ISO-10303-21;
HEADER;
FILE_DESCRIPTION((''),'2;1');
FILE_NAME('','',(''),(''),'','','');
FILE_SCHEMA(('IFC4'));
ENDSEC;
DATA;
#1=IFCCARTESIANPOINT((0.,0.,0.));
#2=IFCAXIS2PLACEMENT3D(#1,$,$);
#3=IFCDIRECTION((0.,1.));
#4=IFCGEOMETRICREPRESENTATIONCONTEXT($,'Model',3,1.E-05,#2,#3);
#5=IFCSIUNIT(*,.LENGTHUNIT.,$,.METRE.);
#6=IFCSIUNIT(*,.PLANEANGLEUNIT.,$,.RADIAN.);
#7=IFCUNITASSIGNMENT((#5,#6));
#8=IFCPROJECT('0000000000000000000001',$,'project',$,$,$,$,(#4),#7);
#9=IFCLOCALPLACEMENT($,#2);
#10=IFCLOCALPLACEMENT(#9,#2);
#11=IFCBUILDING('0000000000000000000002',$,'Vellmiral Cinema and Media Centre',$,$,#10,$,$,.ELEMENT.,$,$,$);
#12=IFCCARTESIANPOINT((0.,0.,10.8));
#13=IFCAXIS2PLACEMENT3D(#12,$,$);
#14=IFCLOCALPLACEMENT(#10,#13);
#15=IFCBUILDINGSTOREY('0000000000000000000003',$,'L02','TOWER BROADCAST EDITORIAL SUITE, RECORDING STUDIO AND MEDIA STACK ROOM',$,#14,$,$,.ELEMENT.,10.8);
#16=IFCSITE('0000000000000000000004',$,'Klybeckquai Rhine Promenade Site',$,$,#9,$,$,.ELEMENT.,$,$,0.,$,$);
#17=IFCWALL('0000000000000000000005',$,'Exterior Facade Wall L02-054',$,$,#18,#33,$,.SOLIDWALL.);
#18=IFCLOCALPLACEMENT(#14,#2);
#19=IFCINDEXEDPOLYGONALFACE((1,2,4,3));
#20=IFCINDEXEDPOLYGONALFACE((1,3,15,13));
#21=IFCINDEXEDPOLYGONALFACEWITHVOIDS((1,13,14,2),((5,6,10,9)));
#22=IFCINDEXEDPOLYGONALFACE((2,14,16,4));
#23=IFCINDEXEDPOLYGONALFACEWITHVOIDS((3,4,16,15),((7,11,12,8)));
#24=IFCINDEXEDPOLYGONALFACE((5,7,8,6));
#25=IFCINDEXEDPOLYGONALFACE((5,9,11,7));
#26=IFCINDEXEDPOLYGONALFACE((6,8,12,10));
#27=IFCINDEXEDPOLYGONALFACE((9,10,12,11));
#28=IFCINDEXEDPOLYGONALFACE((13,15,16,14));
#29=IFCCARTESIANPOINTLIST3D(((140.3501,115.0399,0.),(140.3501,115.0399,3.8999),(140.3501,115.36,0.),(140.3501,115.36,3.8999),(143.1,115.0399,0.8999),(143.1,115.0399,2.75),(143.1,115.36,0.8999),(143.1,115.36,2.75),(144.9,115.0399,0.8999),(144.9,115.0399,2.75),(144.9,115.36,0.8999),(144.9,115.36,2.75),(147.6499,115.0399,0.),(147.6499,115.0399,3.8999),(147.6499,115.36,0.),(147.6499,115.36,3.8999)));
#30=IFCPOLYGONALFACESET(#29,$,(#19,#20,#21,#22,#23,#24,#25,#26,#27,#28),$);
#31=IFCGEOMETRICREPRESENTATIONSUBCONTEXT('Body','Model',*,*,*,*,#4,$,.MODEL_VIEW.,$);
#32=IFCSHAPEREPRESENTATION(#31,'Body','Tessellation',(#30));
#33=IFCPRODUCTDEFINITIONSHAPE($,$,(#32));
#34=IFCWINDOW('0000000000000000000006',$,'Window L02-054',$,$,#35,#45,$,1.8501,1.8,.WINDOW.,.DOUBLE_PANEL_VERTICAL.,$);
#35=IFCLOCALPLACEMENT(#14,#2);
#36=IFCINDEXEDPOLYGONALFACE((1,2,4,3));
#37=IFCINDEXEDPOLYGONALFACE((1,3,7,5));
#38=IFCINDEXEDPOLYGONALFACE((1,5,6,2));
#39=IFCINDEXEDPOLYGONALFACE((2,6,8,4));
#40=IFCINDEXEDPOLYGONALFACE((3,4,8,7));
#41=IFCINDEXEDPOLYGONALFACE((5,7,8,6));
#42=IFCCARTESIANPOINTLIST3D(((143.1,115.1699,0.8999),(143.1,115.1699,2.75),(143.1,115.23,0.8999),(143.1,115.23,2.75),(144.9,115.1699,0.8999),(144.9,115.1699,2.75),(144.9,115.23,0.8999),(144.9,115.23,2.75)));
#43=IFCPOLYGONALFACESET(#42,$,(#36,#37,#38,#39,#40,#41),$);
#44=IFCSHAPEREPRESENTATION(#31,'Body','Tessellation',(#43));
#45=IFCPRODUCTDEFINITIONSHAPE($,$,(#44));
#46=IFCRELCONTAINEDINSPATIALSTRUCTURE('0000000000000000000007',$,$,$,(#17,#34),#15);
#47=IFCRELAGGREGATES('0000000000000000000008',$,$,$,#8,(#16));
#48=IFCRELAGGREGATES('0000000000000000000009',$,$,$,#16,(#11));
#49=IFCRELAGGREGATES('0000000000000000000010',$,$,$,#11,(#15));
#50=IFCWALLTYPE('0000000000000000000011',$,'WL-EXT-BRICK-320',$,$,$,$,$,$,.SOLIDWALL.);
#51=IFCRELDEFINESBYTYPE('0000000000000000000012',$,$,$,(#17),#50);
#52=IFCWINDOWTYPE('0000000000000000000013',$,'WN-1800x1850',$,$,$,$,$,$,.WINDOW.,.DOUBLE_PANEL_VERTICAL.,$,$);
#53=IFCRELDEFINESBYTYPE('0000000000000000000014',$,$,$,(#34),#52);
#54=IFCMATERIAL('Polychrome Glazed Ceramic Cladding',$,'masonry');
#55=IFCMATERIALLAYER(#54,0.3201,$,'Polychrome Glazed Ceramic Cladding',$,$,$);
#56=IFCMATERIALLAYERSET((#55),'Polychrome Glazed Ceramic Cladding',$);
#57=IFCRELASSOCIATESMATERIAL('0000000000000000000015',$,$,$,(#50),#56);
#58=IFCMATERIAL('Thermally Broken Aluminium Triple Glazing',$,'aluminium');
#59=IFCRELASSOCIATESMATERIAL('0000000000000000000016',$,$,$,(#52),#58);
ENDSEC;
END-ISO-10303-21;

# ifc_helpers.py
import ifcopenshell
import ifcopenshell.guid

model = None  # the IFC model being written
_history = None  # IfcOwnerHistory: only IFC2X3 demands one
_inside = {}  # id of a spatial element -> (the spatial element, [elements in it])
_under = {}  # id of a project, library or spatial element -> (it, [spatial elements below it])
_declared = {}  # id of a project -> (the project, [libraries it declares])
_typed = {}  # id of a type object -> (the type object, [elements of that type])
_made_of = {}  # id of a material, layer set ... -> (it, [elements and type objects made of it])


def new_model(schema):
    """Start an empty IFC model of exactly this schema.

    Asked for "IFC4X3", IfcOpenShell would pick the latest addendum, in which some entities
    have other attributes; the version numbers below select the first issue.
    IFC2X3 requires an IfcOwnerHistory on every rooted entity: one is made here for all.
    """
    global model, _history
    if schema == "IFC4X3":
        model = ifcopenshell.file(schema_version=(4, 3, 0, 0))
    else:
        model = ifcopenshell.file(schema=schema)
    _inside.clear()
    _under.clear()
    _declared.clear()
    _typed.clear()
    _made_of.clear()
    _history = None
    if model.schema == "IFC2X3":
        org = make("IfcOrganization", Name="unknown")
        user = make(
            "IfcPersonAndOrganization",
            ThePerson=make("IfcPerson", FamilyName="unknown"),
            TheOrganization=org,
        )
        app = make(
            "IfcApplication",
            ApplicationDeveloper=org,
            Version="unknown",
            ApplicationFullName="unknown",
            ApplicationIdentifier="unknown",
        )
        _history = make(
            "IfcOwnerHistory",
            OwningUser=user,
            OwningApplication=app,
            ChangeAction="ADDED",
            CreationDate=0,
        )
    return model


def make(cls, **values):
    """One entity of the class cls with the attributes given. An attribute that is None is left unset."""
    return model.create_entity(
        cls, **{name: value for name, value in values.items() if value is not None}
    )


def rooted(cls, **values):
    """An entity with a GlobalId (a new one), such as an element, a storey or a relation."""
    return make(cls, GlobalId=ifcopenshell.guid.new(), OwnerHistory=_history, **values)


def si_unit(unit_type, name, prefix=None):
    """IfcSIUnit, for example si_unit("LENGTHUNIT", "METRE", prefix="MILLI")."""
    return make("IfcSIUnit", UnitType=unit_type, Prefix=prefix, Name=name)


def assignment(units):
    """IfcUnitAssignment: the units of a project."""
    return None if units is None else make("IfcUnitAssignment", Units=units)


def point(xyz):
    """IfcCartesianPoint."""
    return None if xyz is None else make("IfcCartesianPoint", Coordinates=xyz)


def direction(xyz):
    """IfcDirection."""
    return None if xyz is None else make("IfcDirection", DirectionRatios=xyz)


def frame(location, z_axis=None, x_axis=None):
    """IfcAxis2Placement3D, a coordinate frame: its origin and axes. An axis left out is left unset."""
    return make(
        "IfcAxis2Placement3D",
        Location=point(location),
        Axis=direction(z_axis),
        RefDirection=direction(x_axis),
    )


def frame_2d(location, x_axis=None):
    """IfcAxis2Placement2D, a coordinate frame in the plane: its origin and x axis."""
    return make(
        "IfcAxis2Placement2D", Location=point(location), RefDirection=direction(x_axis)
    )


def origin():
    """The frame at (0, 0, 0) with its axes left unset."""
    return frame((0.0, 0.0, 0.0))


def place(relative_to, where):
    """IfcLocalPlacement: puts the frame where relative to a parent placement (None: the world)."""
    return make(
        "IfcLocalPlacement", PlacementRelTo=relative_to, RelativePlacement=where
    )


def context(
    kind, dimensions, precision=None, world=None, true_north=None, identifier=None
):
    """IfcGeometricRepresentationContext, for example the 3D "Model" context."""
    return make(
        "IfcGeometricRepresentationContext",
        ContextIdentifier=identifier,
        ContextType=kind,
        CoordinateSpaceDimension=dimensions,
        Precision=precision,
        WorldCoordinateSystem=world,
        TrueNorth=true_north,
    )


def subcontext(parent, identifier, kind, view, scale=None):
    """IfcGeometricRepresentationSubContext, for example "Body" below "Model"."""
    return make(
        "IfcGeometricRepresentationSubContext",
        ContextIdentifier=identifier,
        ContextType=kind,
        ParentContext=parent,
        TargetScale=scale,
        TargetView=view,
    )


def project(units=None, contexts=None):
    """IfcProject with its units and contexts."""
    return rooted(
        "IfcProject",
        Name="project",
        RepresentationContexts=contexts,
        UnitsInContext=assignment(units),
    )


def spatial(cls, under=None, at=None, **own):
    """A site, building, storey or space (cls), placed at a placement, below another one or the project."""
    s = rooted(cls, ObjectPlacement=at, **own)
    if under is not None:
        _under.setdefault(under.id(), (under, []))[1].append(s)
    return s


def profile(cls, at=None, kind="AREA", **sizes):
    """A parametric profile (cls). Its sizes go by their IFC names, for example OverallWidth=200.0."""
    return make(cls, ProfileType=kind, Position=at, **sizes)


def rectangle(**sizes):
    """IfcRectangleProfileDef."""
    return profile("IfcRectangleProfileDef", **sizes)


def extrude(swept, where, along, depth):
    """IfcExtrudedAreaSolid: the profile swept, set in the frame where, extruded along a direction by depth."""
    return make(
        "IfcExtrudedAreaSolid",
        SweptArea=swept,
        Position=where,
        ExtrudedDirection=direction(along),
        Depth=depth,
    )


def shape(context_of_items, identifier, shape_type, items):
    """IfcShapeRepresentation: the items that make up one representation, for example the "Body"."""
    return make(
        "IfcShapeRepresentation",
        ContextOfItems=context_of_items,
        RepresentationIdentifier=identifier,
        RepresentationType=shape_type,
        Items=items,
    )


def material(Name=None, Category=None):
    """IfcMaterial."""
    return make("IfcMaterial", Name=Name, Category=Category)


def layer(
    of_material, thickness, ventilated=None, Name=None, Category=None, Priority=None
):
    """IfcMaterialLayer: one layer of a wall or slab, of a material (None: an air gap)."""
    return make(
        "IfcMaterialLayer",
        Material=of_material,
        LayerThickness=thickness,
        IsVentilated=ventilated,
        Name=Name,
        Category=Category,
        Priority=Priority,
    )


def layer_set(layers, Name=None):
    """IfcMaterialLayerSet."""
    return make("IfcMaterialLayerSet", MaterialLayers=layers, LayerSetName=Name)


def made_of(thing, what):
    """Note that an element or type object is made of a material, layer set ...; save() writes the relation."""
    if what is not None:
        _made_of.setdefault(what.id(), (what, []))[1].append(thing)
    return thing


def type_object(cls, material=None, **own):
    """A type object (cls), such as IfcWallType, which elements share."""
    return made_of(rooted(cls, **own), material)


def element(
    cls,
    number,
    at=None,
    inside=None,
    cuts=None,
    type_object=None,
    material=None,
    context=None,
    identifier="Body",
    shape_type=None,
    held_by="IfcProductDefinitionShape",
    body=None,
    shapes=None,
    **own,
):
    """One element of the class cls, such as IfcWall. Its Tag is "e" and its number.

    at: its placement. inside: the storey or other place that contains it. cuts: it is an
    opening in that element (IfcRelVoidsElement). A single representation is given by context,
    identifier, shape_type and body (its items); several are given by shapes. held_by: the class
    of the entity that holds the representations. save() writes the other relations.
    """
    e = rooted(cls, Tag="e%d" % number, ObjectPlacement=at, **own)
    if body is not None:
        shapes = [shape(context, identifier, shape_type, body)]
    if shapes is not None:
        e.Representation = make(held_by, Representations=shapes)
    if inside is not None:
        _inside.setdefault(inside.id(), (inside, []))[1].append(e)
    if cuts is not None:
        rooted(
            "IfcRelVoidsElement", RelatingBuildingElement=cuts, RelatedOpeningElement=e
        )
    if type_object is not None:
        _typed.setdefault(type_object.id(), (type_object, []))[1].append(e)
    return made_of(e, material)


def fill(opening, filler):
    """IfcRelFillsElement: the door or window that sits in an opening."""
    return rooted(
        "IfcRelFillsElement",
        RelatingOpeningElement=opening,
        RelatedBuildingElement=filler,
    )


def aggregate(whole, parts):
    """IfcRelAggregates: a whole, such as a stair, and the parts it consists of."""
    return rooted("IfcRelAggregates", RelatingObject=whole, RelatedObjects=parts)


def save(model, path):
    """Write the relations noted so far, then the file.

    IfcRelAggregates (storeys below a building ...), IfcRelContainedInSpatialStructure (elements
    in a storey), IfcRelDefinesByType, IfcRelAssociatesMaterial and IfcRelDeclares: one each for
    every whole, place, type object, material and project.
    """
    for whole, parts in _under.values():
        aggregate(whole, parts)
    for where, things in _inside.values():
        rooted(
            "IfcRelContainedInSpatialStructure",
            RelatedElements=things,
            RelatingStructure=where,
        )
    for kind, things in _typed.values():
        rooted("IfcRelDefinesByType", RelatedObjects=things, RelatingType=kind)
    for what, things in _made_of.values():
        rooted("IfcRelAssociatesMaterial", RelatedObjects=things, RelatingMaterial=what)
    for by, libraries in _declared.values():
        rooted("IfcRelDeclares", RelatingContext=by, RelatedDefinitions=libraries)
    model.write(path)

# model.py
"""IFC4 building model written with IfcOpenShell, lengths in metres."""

from ifc_helpers import new_model, si_unit, direction, frame, frame_2d, origin, place, context, subcontext, project, spatial, rectangle, extrude, material, layer, layer_set, type_object, element, fill, save


model = new_model("IFC4")

# Units and contexts
model_context = context("Model", 3, precision=1e-05, world=origin(), true_north=direction((0.0, 1.0)))
body_context = subcontext(model_context, "Body", "Model", "MODEL_VIEW")
ifc_project = project(units=[si_unit("LENGTHUNIT", "METRE"), si_unit("PLANEANGLEUNIT", "RADIAN")], contexts=[model_context])

# Site, building, storey
site_placement = place(None, origin())
site = spatial("IfcSite", under=ifc_project, at=site_placement, Name="Klybeckquai Rhine Promenade Site", CompositionType="ELEMENT", RefElevation=0.0)
building_placement = place(site_placement, origin())
building = spatial("IfcBuilding", under=site, at=building_placement, Name="Vellmiral Cinema and Media Centre", CompositionType="ELEMENT")
storey_placement = place(building_placement, frame((0.0, 0.0, 10.8)))
storey = spatial("IfcBuildingStorey", under=building, at=storey_placement, Name="L02", Description="TOWER BROADCAST EDITORIAL SUITE, RECORDING STUDIO AND MEDIA STACK ROOM", CompositionType="ELEMENT", Elevation=10.8)

# Wall, opening, window
ifc_material_1 = material(Name="Polychrome Glazed Ceramic Cladding", Category="masonry")
ifc_layer_1 = layer(ifc_material_1, 0.3201, Name="Polychrome Glazed Ceramic Cladding")
ifc_layer_set_1 = layer_set([ifc_layer_1], Name="Polychrome Glazed Ceramic Cladding")
wall_type = type_object("IfcWallType", Name="WL-EXT-BRICK-320", PredefinedType="SOLIDWALL", material=ifc_layer_set_1)
wall_placement = place(storey_placement, frame((147.6499, 115.2, 0.0), z_axis=(0.0, 0.0, 1.0), x_axis=(-1.0, 0.0, 0.0)))
wall = element("IfcWall", 1, at=wall_placement, inside=storey, type_object=wall_type, Name="Exterior Facade Wall L02-054", PredefinedType="SOLIDWALL", context=body_context, shape_type="SweptSolid", body=[
    extrude(rectangle(XDim=7.2998, YDim=0.3201, at=frame_2d((3.6499, 0.0))), origin(), (0.0, 0.0, 1.0), 3.8999),
])
opening_placement = place(wall_placement, frame((2.75, 0.0, 0.8999)))
opening = element("IfcOpeningElement", 2, at=opening_placement, cuts=wall, PredefinedType="OPENING", context=body_context, shape_type="SweptSolid", body=[
    extrude(rectangle(XDim=1.8, YDim=1.8501, at=frame_2d((0.8999, 0.925))), frame((0.0, 0.1719, 0.0), z_axis=(0.0, -1.0, 0.0), x_axis=(1.0, 0.0, 0.0)), (0.0, 0.0, 1.0), 0.344),
])
ifc_material_2 = material(Name="Thermally Broken Aluminium Triple Glazing", Category="aluminium")
window_type = type_object("IfcWindowType", Name="WN-1800x1850", PartitioningType="DOUBLE_PANEL_VERTICAL", PredefinedType="WINDOW", material=ifc_material_2)
window_placement = place(opening_placement, origin())
window = element("IfcWindow", 3, at=window_placement, inside=storey, type_object=window_type, Name="Window L02-054", OverallHeight=1.8501, OverallWidth=1.8, PartitioningType="DOUBLE_PANEL_VERTICAL", PredefinedType="WINDOW", context=body_context, shape_type="SweptSolid", body=[
    extrude(rectangle(XDim=1.8, YDim=1.8501, at=frame_2d((0.8999, 0.925))), frame((0.0, 0.03, 0.0), z_axis=(0.0, -1.0, 0.0), x_axis=(1.0, 0.0, 0.0)), (0.0, 0.0, 1.0), 0.0601),
])
fill(opening, window)

save(model, "model.ifc")
